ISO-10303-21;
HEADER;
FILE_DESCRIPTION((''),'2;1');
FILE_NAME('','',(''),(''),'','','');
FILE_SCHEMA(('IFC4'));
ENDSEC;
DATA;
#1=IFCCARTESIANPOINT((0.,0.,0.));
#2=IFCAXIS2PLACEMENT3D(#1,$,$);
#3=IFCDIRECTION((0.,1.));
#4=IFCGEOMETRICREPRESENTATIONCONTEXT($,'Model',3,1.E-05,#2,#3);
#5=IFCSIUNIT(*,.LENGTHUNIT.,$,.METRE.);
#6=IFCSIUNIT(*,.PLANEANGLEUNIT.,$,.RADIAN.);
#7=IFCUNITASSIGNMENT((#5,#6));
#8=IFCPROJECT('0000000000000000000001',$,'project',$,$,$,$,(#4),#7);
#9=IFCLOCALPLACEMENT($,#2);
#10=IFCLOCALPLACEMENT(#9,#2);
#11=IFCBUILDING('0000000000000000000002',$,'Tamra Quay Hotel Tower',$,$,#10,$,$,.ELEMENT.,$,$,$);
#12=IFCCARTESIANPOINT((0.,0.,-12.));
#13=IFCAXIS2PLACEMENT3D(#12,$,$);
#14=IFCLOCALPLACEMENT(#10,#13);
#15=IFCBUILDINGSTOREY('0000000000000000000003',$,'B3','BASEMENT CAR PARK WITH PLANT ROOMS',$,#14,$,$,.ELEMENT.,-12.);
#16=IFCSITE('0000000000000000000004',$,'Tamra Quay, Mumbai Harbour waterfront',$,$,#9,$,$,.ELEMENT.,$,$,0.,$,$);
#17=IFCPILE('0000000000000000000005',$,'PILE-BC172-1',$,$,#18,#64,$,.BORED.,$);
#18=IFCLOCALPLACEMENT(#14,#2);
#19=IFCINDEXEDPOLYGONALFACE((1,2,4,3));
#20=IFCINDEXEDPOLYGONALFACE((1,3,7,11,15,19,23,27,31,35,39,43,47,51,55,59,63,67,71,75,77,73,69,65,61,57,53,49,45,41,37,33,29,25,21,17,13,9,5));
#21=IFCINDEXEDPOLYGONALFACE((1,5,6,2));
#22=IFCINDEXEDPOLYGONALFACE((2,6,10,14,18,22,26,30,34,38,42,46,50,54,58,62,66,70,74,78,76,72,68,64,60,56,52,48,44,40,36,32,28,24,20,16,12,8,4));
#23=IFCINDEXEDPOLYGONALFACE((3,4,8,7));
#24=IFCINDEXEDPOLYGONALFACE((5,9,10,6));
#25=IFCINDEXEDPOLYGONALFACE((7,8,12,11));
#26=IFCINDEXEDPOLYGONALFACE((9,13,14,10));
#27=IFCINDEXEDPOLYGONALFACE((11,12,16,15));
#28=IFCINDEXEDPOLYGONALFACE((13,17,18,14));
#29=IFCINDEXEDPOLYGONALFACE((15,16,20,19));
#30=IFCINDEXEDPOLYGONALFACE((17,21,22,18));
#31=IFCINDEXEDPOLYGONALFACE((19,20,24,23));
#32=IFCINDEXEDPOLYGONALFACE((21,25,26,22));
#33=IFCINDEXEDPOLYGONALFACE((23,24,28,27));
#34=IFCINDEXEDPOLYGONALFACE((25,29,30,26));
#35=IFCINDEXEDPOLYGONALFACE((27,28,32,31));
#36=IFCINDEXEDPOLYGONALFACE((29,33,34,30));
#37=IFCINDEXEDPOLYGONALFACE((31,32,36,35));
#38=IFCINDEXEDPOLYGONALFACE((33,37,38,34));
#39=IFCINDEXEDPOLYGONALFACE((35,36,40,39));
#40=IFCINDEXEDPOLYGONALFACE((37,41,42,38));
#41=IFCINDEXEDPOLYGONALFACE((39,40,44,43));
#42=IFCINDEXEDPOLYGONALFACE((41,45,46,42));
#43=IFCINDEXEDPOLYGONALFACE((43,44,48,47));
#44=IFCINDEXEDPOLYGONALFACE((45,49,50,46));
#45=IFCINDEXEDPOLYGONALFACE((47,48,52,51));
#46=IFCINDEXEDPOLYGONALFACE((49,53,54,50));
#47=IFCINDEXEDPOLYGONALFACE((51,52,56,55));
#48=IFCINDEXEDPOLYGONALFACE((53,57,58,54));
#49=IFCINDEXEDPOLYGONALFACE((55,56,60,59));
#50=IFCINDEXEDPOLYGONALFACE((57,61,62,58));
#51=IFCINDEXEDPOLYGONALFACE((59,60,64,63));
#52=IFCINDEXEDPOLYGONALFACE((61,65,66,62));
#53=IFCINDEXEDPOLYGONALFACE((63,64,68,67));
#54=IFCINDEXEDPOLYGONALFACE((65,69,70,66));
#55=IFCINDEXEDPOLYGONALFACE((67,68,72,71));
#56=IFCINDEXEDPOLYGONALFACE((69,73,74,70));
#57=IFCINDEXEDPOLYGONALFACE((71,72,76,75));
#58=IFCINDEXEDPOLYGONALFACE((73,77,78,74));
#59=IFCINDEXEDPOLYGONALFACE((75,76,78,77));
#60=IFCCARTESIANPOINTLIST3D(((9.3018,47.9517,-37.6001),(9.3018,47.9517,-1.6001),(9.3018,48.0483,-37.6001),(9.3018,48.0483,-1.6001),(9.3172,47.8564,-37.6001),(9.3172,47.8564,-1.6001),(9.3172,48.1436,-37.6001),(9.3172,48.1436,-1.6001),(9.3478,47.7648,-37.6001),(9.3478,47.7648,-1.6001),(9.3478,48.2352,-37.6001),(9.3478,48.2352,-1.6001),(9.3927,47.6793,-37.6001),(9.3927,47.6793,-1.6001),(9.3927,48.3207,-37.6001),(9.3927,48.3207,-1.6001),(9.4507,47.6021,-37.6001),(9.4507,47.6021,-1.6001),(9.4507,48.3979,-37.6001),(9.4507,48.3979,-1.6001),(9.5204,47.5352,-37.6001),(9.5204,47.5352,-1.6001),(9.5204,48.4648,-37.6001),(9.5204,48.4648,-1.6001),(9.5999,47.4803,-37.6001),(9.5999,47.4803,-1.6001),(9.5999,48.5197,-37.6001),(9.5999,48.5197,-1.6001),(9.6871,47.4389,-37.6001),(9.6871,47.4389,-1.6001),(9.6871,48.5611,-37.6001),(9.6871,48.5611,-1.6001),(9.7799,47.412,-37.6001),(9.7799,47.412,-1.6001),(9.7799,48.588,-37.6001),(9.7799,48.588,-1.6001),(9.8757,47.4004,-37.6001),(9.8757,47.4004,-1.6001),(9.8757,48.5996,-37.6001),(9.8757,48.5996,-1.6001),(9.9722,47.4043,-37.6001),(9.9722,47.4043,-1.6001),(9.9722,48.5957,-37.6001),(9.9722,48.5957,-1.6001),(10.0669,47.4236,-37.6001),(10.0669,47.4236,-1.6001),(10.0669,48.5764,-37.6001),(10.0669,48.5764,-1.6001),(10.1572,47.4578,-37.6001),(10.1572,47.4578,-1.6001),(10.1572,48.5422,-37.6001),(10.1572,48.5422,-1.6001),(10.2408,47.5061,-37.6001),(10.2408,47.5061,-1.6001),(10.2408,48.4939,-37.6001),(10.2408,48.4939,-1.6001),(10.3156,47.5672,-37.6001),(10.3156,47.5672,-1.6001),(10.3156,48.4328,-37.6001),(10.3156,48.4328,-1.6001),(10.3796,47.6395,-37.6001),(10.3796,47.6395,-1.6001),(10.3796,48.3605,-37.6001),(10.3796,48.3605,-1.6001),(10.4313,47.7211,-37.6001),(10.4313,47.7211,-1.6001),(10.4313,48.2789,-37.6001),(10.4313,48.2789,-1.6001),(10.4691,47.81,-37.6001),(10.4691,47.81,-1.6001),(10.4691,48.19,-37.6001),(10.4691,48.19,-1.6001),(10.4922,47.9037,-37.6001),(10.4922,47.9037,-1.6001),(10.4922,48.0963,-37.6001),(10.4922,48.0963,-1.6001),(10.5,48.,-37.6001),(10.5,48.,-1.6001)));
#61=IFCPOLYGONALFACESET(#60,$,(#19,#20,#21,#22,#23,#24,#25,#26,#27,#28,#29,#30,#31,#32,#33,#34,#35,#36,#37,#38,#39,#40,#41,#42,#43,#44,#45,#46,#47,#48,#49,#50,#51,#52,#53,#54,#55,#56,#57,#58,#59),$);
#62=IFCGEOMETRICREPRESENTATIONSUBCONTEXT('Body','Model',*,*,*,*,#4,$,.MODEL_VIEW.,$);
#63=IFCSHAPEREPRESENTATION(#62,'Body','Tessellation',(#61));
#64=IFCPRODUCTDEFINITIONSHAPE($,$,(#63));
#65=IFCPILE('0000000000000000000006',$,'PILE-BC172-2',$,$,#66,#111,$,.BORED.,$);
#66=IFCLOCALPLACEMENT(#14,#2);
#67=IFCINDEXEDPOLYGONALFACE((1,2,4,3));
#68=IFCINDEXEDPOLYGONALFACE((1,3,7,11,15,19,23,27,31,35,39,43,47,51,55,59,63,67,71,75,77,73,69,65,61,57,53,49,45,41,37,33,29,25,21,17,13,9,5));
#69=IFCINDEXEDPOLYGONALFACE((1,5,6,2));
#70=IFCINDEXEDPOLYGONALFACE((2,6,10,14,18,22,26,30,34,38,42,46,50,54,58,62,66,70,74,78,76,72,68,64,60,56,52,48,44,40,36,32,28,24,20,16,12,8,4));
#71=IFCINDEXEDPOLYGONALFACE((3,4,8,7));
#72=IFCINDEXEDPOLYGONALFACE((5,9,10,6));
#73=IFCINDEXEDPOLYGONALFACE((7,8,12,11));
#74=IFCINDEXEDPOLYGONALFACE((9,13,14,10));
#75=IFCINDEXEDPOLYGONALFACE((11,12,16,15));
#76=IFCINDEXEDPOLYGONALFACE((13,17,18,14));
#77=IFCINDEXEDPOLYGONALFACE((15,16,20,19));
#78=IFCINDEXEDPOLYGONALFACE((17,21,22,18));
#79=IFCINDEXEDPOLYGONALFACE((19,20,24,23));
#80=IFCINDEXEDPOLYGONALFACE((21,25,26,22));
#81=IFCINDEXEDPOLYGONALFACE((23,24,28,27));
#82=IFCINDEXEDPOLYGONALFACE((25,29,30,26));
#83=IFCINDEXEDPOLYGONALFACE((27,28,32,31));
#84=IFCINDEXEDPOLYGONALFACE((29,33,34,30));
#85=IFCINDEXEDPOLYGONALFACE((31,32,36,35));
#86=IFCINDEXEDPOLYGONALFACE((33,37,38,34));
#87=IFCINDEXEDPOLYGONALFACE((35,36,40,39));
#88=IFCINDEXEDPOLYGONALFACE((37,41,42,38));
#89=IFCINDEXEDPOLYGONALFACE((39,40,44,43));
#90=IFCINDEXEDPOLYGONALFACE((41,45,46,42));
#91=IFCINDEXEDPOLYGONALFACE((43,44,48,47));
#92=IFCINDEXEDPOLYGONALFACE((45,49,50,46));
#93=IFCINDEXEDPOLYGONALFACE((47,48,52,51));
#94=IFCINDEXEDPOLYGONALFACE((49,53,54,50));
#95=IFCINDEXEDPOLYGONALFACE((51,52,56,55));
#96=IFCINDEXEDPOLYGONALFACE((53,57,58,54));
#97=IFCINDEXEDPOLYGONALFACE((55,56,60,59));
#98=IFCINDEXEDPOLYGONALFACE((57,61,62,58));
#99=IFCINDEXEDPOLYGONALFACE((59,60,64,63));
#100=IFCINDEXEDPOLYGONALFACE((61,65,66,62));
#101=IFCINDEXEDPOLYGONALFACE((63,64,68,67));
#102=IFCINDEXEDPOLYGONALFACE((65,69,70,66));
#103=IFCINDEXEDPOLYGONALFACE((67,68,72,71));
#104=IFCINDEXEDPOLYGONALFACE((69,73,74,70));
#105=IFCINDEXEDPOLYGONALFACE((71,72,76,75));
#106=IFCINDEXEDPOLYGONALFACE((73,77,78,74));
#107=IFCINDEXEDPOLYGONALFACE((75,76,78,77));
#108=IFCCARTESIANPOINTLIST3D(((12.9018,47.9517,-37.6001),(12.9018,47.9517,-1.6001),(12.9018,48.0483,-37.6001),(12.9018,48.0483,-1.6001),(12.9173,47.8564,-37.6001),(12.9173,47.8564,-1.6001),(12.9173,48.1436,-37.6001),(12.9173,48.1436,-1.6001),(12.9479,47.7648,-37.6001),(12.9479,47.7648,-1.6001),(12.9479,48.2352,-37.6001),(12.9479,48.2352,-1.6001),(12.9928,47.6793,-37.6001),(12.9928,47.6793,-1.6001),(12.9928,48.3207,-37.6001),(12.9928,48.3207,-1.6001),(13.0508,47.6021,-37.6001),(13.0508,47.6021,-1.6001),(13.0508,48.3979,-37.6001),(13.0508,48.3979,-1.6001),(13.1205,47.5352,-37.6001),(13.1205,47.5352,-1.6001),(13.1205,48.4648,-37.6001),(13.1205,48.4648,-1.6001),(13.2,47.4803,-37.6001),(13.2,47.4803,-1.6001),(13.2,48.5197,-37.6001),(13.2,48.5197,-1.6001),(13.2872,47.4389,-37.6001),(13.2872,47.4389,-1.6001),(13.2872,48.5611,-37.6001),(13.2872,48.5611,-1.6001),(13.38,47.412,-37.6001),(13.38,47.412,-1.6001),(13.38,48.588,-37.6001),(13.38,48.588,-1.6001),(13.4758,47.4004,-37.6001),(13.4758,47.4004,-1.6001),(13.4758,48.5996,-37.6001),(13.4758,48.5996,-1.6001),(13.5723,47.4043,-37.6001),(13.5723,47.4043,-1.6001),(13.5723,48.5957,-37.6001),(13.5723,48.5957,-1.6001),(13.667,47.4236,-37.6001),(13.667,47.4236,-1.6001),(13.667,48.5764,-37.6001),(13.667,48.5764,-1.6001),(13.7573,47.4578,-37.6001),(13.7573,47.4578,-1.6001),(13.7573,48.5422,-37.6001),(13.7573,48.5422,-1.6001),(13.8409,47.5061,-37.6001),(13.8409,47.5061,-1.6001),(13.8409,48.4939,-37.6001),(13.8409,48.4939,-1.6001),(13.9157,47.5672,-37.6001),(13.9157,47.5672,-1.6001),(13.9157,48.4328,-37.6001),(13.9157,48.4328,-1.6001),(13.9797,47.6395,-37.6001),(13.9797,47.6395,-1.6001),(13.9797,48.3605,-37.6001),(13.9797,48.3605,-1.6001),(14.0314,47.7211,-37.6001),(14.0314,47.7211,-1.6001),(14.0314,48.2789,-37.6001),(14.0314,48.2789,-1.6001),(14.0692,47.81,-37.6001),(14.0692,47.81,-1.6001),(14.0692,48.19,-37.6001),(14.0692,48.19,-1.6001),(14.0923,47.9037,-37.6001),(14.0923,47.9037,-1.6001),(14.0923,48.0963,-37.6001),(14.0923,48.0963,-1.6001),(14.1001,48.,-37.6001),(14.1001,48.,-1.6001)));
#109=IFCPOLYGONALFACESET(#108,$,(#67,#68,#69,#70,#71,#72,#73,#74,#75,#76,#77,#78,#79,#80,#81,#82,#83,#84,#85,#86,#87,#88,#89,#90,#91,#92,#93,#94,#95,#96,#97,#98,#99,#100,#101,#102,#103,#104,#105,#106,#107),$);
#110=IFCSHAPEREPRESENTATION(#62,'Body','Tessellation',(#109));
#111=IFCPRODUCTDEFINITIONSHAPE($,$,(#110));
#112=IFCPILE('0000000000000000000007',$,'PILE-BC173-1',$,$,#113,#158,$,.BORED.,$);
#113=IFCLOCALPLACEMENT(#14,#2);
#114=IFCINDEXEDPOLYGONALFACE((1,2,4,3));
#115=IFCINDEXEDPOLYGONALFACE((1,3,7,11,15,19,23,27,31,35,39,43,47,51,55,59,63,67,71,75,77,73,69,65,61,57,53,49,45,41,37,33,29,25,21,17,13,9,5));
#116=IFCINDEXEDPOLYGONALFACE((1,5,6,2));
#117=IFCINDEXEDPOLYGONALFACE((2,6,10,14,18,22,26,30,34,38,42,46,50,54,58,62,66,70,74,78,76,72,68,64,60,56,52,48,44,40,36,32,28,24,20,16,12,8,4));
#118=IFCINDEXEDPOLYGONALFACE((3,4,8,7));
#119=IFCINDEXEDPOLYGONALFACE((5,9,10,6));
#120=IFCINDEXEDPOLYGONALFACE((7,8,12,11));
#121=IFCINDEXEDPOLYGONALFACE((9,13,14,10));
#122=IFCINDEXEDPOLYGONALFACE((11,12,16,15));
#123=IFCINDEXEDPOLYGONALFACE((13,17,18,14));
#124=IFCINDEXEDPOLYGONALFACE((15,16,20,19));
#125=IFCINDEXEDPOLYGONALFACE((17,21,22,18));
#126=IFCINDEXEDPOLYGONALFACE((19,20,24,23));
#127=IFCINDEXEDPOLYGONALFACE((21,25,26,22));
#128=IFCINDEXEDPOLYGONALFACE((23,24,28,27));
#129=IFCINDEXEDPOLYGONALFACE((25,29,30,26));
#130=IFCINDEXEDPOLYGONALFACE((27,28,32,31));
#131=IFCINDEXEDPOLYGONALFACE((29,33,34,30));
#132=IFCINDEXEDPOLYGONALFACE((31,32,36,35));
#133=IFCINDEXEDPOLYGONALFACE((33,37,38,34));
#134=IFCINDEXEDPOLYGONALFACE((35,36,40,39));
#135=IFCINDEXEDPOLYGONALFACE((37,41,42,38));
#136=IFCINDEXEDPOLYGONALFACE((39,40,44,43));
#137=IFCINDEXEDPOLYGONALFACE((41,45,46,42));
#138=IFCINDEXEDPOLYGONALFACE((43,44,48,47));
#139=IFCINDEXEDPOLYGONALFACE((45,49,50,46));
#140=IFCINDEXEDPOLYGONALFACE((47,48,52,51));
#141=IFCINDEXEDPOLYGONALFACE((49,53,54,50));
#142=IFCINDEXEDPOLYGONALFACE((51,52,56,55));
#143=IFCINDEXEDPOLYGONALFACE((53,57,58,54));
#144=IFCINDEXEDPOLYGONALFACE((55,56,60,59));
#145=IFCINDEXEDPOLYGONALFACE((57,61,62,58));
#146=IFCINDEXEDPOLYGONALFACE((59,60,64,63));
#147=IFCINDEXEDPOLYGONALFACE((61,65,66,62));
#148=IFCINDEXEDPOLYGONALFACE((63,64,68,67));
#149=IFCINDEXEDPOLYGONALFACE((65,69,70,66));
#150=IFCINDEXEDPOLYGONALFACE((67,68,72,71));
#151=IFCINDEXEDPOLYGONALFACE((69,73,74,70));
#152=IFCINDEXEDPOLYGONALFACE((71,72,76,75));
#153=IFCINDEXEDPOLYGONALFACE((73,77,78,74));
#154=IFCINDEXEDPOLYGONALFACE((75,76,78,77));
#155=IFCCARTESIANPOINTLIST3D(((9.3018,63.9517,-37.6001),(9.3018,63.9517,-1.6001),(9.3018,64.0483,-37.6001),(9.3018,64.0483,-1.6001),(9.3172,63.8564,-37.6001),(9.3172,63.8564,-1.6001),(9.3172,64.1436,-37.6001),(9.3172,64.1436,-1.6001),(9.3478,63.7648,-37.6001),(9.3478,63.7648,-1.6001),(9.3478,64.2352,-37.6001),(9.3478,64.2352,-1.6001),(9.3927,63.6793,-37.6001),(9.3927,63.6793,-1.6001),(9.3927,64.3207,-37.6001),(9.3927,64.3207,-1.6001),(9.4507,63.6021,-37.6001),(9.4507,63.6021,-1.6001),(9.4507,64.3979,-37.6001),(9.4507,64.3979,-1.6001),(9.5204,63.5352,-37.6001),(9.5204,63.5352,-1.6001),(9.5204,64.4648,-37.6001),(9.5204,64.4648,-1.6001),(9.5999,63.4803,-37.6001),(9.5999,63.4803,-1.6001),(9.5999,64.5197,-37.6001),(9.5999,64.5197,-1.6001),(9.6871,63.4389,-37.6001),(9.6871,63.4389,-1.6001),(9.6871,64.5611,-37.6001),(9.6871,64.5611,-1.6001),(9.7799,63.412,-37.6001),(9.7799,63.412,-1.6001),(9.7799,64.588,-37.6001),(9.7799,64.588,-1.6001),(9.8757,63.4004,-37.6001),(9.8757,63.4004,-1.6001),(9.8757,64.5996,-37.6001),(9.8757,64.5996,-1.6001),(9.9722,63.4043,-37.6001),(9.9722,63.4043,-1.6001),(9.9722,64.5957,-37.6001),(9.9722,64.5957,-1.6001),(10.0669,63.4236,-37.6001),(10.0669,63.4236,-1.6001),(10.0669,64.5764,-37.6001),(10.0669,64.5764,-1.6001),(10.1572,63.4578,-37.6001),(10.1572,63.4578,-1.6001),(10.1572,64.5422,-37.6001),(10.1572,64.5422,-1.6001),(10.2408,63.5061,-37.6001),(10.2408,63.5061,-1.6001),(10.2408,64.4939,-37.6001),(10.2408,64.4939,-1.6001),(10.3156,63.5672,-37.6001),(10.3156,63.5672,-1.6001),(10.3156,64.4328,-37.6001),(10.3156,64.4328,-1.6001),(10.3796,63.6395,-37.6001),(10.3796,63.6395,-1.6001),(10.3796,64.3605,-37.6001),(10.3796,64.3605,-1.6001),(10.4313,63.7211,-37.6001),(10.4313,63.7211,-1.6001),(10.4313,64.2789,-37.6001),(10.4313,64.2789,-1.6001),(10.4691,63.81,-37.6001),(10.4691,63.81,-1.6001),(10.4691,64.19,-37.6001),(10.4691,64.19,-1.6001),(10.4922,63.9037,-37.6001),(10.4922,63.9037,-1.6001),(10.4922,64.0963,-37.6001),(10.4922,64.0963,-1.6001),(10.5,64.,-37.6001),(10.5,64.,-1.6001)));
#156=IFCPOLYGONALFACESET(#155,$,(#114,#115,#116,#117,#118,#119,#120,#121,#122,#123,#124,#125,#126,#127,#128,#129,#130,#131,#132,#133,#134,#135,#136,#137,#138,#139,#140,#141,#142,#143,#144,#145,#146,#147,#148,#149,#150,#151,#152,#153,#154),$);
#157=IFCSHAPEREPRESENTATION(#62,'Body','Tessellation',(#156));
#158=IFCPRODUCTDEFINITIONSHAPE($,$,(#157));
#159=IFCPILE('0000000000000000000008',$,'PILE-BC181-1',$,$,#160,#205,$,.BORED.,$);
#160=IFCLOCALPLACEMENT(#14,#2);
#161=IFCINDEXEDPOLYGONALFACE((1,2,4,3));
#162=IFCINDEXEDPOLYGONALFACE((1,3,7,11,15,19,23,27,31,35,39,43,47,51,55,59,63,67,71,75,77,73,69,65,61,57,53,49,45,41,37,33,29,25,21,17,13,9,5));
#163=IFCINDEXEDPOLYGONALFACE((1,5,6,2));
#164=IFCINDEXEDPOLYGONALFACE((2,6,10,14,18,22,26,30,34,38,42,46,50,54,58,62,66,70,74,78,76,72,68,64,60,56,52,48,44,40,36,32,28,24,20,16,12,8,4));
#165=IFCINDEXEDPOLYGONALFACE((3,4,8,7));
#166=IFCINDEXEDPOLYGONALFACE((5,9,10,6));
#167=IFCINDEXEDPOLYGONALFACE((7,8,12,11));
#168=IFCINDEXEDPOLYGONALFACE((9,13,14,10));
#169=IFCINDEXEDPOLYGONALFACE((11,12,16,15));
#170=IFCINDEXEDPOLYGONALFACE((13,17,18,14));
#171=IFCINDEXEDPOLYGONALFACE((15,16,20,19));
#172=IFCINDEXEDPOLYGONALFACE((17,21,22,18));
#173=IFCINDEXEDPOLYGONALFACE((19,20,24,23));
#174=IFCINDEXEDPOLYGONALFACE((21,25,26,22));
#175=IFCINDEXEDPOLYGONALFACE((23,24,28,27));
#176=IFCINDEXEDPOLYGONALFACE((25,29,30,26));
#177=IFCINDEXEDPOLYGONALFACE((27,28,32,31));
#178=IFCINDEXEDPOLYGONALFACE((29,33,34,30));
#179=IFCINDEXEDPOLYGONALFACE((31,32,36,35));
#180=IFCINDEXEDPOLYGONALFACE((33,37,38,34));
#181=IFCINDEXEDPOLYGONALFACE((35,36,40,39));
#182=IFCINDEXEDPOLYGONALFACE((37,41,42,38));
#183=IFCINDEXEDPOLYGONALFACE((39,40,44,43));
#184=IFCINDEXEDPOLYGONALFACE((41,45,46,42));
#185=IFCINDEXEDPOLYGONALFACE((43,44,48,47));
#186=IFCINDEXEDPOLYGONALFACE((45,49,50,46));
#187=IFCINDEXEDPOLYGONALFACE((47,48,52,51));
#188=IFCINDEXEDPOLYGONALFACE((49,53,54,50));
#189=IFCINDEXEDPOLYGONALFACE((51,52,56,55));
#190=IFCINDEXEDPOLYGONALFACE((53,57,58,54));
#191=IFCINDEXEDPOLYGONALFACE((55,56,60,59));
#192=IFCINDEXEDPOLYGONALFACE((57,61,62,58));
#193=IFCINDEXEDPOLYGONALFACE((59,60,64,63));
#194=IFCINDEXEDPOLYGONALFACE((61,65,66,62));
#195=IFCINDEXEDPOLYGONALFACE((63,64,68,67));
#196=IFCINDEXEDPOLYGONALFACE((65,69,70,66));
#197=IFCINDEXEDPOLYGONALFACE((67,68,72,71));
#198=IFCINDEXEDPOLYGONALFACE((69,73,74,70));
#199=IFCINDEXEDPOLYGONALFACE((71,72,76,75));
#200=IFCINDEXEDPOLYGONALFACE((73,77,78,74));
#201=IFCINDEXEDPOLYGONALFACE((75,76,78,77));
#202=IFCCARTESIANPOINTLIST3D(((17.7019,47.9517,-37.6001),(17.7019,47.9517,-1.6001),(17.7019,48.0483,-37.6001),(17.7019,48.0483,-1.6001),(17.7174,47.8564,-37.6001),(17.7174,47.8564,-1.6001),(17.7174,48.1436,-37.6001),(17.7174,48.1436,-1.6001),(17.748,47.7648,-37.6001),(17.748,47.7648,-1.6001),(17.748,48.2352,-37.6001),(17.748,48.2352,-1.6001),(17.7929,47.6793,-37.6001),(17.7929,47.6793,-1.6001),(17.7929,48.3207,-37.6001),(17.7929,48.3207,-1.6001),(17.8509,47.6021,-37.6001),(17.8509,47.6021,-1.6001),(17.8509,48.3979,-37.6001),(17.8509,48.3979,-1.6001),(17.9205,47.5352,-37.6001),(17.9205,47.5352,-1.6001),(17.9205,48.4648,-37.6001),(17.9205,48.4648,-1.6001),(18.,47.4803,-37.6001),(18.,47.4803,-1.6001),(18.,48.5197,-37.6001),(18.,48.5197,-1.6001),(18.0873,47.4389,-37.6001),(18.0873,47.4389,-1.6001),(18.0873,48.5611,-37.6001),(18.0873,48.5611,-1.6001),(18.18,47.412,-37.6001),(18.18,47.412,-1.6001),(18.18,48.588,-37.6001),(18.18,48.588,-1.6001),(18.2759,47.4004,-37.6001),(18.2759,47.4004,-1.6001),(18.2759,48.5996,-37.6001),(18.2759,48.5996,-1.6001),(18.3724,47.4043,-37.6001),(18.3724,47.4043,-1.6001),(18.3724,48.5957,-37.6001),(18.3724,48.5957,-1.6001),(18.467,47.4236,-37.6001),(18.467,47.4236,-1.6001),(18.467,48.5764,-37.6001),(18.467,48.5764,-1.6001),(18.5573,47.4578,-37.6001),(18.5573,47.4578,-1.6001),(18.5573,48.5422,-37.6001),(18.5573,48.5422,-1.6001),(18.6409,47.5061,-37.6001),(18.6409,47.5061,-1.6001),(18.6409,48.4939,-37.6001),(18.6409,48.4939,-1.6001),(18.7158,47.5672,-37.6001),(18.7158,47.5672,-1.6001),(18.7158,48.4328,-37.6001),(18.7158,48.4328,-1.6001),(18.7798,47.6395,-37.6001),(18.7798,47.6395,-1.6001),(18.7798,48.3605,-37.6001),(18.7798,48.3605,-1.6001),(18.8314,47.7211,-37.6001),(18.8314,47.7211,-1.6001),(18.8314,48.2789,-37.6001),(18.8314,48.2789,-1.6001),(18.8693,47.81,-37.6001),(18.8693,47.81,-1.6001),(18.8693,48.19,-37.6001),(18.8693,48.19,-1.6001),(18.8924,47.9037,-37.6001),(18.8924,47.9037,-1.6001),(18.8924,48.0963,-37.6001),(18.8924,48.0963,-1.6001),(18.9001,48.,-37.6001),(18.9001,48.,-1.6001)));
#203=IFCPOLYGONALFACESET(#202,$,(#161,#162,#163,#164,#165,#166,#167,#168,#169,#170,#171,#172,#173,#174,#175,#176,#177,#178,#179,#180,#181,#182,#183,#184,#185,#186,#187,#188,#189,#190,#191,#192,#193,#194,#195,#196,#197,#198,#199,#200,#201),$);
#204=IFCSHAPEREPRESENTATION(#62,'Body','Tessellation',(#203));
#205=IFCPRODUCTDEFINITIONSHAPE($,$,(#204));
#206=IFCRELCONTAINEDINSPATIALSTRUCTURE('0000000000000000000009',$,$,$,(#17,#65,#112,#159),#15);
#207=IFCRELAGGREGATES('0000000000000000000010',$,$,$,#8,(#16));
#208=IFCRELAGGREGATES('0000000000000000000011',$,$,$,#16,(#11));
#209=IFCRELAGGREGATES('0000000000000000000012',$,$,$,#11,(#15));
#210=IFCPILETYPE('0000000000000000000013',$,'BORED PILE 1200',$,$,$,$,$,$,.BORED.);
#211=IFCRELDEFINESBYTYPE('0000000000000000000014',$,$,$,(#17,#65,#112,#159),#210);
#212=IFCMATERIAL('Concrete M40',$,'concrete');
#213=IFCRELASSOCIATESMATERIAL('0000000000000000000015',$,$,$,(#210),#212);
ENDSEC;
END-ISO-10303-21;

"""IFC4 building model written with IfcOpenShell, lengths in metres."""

from ifc_helpers import new_model, si_unit, direction, frame, origin, origin_2d, place, context, subcontext, project, spatial, circle, extrude, material, material_profile, profile_set, type_object, element, save


model = new_model("IFC4")

# Units and contexts
model_context = context("Model", 3, precision=1e-05, world=origin(), true_north=direction((0.0, 1.0)))
body_context = subcontext(model_context, "Body", "Model", "MODEL_VIEW")
ifc_project = project(units=[si_unit("LENGTHUNIT", "METRE"), si_unit("PLANEANGLEUNIT", "RADIAN")], contexts=[model_context])

# Site, building, storey
site_placement = place(None, origin())
site = spatial("IfcSite", under=ifc_project, at=site_placement, Name="Tamra Quay, Mumbai Harbour waterfront", CompositionType="ELEMENT", RefElevation=0.0)
building_placement = place(site_placement, origin())
building = spatial("IfcBuilding", under=site, at=building_placement, Name="Tamra Quay Hotel Tower", CompositionType="ELEMENT")
storey_placement = place(building_placement, frame((0.0, 0.0, -12.0)))
storey = spatial("IfcBuildingStorey", under=building, at=storey_placement, Name="B3", Description="BASEMENT CAR PARK WITH PLANT ROOMS", CompositionType="ELEMENT", Elevation=-12.0)

# Piles
ifc_material_1 = material(Name="Concrete M40", Category="concrete")
ifc_material_profile_1 = material_profile(ifc_material_1, circle(Radius=0.6001, at=origin_2d()), Name="BORED PILE 1200")
ifc_profile_set_1 = profile_set([ifc_material_profile_1], Name="Concrete M40")
pile_type = type_object("IfcPileType", Name="BORED PILE 1200", PredefinedType="BORED", material=ifc_profile_set_1)
for number, where, z_axis, x_axis, name in (
    (1, (9.8999, 48.0, -1.6001), (0.0, 0.0, -1.0), (1.0, 0.0, 0.0), "PILE-BC172-1"),
    (2, (13.5, 48.0, -1.6001), (0.0, 0.0, -1.0), (1.0, 0.0, 0.0), "PILE-BC172-2"),
    (3, (9.8999, 64.0, -1.6001), (0.0, 0.0, -1.0), (1.0, 0.0, 0.0), "PILE-BC173-1"),
    (4, (18.3, 48.0, -1.6001), (0.0, 0.0, -1.0), (1.0, 0.0, 0.0), "PILE-BC181-1"),
):
    element("IfcPile", number, at=place(storey_placement, frame(where, z_axis=z_axis, x_axis=x_axis)), inside=storey, type_object=pile_type, Name=name, PredefinedType="BORED", context=body_context, shape_type="SweptSolid", body=[
        extrude(circle(Radius=0.6001, at=origin_2d()), origin(), (0.0, 0.0, 1.0), 36.0),
    ])

save(model, "model.ifc")
